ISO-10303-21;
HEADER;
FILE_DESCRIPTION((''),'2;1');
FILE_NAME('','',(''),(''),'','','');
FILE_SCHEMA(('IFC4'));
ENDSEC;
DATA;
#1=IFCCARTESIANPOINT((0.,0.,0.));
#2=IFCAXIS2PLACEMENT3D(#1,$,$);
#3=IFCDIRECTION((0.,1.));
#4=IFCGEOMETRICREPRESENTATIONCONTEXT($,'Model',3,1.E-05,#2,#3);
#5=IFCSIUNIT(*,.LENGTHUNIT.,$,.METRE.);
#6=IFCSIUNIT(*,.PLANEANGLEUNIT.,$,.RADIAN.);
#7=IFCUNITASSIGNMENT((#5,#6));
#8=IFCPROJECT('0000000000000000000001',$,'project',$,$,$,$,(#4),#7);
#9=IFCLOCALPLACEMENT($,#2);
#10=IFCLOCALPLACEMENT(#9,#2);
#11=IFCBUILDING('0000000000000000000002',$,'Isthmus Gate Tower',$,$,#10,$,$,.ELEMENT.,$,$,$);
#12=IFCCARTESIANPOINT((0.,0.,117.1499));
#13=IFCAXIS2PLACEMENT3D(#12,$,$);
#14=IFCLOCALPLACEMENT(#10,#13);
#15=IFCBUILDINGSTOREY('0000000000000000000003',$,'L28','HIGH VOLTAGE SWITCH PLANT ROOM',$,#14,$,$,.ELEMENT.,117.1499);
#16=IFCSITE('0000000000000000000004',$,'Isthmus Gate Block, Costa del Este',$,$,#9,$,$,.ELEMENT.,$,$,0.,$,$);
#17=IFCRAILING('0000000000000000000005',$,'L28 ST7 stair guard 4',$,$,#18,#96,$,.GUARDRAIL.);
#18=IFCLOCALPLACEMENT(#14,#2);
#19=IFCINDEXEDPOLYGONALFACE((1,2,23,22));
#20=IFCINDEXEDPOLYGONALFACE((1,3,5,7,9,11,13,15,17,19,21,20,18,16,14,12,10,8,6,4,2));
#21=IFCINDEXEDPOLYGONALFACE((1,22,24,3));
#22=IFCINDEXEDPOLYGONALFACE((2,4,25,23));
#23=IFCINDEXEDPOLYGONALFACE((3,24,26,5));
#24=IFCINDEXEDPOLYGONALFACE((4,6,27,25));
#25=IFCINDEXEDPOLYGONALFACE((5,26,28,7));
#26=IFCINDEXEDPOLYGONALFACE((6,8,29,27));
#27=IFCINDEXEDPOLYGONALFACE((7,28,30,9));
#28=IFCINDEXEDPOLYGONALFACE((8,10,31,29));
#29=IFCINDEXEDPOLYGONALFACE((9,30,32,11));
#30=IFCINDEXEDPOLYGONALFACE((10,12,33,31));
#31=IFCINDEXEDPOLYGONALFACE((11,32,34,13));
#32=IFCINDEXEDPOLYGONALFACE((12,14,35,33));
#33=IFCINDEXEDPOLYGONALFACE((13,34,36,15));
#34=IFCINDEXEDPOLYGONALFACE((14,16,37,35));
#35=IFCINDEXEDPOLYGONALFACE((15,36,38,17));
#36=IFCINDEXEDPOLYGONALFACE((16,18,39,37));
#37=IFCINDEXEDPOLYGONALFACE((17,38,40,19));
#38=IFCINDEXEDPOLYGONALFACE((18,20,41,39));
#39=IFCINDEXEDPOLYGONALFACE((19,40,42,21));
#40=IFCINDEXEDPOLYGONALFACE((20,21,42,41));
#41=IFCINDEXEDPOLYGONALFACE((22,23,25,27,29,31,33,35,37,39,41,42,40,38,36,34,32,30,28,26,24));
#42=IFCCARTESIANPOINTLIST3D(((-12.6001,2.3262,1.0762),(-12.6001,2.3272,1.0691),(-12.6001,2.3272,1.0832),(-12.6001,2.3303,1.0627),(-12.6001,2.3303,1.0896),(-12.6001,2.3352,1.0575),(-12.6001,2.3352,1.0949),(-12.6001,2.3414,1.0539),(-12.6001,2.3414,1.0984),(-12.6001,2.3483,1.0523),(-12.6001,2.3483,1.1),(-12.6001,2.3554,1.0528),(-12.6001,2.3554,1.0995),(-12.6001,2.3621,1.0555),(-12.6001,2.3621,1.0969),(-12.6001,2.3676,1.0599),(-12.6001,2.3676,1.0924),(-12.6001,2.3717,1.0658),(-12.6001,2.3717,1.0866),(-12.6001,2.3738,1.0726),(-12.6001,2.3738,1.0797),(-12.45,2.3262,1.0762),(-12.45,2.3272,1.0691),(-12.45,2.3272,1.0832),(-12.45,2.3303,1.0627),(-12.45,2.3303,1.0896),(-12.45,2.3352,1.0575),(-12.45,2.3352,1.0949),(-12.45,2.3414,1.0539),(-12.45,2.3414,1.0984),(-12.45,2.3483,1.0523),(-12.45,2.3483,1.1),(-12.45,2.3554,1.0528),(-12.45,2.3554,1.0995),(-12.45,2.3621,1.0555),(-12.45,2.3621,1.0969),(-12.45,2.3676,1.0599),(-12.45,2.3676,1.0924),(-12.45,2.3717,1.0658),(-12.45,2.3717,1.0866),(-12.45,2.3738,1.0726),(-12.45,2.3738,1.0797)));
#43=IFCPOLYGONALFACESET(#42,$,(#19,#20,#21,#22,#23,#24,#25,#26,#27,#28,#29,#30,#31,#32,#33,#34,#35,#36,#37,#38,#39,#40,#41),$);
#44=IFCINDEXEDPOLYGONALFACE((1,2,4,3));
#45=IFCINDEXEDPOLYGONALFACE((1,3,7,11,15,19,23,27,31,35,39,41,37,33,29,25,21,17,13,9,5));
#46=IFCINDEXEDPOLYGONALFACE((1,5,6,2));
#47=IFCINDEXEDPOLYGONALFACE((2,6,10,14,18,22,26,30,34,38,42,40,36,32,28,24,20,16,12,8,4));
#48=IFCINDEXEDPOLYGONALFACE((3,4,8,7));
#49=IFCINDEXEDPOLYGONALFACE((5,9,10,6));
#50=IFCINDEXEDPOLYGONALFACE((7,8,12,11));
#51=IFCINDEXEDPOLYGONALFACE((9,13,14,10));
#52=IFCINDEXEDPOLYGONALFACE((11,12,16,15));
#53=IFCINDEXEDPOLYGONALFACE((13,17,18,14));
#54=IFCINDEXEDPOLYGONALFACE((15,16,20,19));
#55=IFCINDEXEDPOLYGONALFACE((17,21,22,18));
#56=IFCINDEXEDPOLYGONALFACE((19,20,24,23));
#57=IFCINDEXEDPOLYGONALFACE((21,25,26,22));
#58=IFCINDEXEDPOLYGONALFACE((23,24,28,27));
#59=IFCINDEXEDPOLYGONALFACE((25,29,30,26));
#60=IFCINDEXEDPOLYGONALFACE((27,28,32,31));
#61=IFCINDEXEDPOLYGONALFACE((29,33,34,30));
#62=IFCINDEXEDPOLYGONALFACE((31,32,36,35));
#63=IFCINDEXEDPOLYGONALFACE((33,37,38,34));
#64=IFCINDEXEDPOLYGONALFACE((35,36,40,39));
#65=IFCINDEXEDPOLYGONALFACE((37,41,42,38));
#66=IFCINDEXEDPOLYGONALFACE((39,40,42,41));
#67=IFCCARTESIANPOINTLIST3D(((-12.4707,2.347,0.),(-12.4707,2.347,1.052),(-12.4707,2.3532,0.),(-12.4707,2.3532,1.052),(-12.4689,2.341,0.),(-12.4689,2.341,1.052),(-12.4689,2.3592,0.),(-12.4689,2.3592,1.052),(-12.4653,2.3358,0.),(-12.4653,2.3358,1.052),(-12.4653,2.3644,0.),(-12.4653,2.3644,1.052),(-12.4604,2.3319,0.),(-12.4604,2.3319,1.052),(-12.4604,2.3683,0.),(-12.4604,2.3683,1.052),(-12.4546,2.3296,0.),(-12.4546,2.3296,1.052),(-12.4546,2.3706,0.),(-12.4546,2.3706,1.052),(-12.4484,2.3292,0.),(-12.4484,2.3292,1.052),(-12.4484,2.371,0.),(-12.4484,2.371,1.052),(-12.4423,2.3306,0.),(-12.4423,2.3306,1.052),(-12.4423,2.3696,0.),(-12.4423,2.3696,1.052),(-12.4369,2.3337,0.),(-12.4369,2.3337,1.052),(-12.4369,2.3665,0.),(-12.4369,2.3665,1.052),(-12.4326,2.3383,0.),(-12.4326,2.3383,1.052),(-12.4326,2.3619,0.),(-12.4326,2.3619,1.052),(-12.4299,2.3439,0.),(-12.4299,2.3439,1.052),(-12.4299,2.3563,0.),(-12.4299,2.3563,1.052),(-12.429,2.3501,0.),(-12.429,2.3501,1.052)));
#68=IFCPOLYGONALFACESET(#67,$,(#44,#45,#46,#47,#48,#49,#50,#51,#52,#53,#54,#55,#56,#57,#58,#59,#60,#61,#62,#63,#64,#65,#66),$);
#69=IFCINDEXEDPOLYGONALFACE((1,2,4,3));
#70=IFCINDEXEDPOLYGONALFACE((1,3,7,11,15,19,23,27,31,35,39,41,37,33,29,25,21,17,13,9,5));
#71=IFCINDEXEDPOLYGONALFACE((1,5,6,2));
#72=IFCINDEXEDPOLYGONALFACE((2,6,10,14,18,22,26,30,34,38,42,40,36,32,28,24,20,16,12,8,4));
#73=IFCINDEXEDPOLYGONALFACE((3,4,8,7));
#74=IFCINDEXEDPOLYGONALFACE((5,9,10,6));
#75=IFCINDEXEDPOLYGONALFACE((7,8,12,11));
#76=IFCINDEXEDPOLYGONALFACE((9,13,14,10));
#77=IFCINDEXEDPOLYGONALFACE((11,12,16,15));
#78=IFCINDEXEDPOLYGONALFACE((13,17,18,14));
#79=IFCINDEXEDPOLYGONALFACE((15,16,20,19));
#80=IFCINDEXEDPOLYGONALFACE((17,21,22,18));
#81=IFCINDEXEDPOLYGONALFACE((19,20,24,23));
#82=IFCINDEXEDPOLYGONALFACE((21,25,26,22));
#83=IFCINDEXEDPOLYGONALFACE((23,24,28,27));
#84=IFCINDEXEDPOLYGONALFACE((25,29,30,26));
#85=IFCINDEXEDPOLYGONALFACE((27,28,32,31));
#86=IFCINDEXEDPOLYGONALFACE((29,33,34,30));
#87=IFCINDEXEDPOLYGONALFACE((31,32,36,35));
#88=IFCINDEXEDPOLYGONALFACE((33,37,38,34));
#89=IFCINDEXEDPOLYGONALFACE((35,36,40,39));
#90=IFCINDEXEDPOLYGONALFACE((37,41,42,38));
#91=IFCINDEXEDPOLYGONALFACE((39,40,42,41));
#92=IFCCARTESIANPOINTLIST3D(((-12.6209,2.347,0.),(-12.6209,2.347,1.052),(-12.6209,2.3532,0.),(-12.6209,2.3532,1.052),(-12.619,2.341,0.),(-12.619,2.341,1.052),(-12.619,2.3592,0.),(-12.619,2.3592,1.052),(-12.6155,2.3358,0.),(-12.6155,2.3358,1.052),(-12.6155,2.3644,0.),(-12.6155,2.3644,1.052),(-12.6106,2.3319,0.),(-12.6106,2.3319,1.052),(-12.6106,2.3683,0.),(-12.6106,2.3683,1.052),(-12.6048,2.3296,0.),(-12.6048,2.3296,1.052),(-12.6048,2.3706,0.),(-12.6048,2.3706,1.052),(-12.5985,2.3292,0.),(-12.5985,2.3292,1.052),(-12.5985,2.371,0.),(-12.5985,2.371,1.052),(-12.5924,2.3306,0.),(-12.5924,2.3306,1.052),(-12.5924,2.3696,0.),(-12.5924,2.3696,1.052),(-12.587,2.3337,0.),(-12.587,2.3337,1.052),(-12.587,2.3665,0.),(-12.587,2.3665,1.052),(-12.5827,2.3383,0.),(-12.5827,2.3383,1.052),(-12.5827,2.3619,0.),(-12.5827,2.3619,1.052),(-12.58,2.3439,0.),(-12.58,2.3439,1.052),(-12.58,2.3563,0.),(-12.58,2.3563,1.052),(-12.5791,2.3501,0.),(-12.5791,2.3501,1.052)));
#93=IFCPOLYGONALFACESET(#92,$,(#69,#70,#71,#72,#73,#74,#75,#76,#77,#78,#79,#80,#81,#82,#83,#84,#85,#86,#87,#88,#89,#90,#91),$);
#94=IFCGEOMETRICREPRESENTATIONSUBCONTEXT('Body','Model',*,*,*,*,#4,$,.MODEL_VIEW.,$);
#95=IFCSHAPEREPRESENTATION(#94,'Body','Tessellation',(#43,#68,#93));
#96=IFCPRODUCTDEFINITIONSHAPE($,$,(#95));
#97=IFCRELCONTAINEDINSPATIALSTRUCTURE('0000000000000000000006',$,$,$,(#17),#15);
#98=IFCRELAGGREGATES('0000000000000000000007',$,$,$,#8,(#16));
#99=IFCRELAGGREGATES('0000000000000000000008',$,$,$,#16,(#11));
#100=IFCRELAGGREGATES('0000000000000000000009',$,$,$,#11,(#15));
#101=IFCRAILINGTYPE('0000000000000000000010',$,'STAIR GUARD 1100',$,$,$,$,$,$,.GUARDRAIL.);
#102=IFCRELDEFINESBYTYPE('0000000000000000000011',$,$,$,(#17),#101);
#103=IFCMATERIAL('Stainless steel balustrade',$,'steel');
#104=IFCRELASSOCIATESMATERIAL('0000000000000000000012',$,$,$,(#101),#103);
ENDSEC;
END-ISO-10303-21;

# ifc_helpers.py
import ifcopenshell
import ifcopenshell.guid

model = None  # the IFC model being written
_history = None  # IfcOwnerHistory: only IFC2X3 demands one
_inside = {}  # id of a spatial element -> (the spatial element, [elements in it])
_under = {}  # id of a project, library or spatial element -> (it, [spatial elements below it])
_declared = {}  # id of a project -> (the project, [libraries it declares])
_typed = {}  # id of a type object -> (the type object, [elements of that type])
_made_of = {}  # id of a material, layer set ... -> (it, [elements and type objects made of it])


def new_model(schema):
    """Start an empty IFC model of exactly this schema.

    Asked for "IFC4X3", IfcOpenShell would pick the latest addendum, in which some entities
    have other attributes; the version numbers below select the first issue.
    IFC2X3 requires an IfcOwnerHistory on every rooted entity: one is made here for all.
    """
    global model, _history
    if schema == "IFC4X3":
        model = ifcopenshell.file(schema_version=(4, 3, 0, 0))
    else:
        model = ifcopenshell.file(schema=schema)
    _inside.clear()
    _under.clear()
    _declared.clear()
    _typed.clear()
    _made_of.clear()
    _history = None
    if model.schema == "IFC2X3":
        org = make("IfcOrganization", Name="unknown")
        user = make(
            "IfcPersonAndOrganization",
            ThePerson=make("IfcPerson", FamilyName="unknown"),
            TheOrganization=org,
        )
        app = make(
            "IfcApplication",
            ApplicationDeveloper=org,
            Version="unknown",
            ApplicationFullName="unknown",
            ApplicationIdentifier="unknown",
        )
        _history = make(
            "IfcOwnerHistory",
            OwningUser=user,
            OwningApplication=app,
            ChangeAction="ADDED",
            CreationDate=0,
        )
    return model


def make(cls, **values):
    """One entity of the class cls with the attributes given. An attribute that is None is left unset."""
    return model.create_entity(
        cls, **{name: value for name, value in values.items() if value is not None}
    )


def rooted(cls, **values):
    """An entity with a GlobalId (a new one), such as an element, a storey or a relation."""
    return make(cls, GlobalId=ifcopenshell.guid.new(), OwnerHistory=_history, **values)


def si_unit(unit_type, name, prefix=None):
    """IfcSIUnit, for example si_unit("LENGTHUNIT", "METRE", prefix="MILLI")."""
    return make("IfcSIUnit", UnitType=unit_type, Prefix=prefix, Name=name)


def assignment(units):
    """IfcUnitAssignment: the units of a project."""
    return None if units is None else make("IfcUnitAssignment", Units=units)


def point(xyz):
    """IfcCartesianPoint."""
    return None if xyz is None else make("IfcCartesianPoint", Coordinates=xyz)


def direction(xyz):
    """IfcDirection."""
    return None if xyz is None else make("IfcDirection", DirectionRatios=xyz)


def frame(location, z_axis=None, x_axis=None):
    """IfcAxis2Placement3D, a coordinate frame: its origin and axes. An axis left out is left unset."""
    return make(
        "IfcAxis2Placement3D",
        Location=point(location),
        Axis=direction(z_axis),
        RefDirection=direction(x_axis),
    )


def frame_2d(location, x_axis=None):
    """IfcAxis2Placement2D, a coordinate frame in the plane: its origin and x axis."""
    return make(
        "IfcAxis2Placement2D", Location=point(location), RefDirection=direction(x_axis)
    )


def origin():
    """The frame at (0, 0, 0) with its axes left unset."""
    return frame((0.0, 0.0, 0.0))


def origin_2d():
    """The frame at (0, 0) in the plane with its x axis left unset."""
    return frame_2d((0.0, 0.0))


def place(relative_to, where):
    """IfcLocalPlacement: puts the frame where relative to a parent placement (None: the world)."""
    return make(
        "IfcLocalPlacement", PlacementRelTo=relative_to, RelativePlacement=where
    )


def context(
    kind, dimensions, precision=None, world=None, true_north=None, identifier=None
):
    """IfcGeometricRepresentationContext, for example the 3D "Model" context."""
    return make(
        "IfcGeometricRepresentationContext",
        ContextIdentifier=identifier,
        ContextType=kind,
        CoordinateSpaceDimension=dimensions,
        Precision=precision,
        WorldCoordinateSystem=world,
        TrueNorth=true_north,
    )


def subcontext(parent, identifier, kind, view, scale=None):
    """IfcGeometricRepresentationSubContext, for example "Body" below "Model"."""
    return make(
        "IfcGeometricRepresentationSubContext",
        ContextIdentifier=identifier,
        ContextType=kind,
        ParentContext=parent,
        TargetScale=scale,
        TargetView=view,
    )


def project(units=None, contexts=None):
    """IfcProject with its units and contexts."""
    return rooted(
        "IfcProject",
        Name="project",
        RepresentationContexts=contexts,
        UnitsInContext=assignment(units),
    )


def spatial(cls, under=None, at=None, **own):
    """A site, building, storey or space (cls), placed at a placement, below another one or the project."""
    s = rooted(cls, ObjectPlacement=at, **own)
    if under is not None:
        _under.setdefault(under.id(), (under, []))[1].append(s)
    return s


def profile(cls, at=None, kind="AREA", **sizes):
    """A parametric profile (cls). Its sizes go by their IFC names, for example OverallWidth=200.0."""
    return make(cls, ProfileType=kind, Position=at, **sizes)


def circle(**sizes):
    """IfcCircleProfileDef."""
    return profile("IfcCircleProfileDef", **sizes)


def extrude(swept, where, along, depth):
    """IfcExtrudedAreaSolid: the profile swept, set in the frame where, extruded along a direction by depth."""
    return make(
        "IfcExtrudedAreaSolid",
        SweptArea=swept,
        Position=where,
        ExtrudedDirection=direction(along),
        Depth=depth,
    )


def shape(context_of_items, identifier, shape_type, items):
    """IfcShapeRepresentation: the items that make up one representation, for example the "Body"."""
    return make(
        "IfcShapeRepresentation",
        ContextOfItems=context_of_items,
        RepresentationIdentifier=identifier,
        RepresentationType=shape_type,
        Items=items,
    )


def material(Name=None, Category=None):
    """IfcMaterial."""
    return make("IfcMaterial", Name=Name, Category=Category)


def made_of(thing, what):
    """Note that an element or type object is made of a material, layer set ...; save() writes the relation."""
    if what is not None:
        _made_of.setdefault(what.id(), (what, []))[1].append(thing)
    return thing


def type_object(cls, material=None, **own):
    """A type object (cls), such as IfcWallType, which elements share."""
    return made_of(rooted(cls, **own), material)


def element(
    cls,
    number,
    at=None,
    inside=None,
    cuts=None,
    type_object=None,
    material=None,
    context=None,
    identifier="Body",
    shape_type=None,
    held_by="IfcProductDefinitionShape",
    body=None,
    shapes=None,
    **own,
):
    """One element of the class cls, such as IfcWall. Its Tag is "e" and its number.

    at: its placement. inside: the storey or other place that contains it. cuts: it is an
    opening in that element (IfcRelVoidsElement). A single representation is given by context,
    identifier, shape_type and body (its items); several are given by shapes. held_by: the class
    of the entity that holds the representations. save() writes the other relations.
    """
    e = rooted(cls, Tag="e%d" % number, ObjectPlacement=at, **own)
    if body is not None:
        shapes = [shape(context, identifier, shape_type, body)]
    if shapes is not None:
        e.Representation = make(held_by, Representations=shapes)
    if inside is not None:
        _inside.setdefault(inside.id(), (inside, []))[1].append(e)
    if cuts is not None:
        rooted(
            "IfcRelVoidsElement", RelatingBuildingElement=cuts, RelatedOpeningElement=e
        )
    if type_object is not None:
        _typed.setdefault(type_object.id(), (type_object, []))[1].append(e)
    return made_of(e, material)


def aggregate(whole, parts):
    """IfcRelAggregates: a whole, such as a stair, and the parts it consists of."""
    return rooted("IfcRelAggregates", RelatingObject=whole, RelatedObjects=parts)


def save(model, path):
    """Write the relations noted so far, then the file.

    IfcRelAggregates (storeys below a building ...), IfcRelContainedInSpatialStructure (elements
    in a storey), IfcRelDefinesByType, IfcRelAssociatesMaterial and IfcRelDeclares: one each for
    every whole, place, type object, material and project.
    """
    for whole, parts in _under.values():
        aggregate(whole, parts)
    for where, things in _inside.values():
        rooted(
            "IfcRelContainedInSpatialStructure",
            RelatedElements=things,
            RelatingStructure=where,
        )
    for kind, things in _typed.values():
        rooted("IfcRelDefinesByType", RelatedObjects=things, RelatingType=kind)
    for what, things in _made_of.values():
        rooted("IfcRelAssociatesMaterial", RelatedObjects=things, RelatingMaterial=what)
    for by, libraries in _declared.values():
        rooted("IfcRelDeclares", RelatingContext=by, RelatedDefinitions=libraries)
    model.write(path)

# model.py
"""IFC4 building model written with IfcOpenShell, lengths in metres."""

from ifc_helpers import new_model, si_unit, direction, frame, origin, origin_2d, place, context, subcontext, project, spatial, circle, extrude, material, type_object, element, save


model = new_model("IFC4")

# Units and contexts
model_context = context("Model", 3, precision=1e-05, world=origin(), true_north=direction((0.0, 1.0)))
body_context = subcontext(model_context, "Body", "Model", "MODEL_VIEW")
ifc_project = project(units=[si_unit("LENGTHUNIT", "METRE"), si_unit("PLANEANGLEUNIT", "RADIAN")], contexts=[model_context])

# Site, building, storey
site_placement = place(None, origin())
site = spatial("IfcSite", under=ifc_project, at=site_placement, Name="Isthmus Gate Block, Costa del Este", CompositionType="ELEMENT", RefElevation=0.0)
building_placement = place(site_placement, origin())
building = spatial("IfcBuilding", under=site, at=building_placement, Name="Isthmus Gate Tower", CompositionType="ELEMENT")
storey_placement = place(building_placement, frame((0.0, 0.0, 117.1499)))
storey = spatial("IfcBuildingStorey", under=building, at=storey_placement, Name="L28", Description="HIGH VOLTAGE SWITCH PLANT ROOM", CompositionType="ELEMENT", Elevation=117.1499)

# Railing
ifc_material_1 = material(Name="Stainless steel balustrade", Category="steel")
railing_type_1 = type_object("IfcRailingType", Name="STAIR GUARD 1100", PredefinedType="GUARDRAIL", material=ifc_material_1)
railing_1_placement = place(storey_placement, frame((-12.45, 2.3501, 0.0)))
element("IfcRailing", 1, at=railing_1_placement, inside=storey, type_object=railing_type_1, Name="L28 ST7 stair guard 4", PredefinedType="GUARDRAIL", context=body_context, shape_type="SweptSolid", body=[
    extrude(circle(Radius=0.0239, at=origin_2d()), frame((0.0, 0.0, 1.0762), z_axis=(-1.0, 0.0, 0.0), x_axis=(0.0, -1.0, 0.0)), (0.0, 0.0, 1.0), 0.1501),
    extrude(circle(Radius=0.021, at=origin_2d()), origin(), (0.0, 0.0, 1.0), 1.052),
    extrude(circle(Radius=0.021, at=origin_2d()), frame((-0.1501, 0.0, 0.0)), (0.0, 0.0, 1.0), 1.052),
])

save(model, "model.ifc")
